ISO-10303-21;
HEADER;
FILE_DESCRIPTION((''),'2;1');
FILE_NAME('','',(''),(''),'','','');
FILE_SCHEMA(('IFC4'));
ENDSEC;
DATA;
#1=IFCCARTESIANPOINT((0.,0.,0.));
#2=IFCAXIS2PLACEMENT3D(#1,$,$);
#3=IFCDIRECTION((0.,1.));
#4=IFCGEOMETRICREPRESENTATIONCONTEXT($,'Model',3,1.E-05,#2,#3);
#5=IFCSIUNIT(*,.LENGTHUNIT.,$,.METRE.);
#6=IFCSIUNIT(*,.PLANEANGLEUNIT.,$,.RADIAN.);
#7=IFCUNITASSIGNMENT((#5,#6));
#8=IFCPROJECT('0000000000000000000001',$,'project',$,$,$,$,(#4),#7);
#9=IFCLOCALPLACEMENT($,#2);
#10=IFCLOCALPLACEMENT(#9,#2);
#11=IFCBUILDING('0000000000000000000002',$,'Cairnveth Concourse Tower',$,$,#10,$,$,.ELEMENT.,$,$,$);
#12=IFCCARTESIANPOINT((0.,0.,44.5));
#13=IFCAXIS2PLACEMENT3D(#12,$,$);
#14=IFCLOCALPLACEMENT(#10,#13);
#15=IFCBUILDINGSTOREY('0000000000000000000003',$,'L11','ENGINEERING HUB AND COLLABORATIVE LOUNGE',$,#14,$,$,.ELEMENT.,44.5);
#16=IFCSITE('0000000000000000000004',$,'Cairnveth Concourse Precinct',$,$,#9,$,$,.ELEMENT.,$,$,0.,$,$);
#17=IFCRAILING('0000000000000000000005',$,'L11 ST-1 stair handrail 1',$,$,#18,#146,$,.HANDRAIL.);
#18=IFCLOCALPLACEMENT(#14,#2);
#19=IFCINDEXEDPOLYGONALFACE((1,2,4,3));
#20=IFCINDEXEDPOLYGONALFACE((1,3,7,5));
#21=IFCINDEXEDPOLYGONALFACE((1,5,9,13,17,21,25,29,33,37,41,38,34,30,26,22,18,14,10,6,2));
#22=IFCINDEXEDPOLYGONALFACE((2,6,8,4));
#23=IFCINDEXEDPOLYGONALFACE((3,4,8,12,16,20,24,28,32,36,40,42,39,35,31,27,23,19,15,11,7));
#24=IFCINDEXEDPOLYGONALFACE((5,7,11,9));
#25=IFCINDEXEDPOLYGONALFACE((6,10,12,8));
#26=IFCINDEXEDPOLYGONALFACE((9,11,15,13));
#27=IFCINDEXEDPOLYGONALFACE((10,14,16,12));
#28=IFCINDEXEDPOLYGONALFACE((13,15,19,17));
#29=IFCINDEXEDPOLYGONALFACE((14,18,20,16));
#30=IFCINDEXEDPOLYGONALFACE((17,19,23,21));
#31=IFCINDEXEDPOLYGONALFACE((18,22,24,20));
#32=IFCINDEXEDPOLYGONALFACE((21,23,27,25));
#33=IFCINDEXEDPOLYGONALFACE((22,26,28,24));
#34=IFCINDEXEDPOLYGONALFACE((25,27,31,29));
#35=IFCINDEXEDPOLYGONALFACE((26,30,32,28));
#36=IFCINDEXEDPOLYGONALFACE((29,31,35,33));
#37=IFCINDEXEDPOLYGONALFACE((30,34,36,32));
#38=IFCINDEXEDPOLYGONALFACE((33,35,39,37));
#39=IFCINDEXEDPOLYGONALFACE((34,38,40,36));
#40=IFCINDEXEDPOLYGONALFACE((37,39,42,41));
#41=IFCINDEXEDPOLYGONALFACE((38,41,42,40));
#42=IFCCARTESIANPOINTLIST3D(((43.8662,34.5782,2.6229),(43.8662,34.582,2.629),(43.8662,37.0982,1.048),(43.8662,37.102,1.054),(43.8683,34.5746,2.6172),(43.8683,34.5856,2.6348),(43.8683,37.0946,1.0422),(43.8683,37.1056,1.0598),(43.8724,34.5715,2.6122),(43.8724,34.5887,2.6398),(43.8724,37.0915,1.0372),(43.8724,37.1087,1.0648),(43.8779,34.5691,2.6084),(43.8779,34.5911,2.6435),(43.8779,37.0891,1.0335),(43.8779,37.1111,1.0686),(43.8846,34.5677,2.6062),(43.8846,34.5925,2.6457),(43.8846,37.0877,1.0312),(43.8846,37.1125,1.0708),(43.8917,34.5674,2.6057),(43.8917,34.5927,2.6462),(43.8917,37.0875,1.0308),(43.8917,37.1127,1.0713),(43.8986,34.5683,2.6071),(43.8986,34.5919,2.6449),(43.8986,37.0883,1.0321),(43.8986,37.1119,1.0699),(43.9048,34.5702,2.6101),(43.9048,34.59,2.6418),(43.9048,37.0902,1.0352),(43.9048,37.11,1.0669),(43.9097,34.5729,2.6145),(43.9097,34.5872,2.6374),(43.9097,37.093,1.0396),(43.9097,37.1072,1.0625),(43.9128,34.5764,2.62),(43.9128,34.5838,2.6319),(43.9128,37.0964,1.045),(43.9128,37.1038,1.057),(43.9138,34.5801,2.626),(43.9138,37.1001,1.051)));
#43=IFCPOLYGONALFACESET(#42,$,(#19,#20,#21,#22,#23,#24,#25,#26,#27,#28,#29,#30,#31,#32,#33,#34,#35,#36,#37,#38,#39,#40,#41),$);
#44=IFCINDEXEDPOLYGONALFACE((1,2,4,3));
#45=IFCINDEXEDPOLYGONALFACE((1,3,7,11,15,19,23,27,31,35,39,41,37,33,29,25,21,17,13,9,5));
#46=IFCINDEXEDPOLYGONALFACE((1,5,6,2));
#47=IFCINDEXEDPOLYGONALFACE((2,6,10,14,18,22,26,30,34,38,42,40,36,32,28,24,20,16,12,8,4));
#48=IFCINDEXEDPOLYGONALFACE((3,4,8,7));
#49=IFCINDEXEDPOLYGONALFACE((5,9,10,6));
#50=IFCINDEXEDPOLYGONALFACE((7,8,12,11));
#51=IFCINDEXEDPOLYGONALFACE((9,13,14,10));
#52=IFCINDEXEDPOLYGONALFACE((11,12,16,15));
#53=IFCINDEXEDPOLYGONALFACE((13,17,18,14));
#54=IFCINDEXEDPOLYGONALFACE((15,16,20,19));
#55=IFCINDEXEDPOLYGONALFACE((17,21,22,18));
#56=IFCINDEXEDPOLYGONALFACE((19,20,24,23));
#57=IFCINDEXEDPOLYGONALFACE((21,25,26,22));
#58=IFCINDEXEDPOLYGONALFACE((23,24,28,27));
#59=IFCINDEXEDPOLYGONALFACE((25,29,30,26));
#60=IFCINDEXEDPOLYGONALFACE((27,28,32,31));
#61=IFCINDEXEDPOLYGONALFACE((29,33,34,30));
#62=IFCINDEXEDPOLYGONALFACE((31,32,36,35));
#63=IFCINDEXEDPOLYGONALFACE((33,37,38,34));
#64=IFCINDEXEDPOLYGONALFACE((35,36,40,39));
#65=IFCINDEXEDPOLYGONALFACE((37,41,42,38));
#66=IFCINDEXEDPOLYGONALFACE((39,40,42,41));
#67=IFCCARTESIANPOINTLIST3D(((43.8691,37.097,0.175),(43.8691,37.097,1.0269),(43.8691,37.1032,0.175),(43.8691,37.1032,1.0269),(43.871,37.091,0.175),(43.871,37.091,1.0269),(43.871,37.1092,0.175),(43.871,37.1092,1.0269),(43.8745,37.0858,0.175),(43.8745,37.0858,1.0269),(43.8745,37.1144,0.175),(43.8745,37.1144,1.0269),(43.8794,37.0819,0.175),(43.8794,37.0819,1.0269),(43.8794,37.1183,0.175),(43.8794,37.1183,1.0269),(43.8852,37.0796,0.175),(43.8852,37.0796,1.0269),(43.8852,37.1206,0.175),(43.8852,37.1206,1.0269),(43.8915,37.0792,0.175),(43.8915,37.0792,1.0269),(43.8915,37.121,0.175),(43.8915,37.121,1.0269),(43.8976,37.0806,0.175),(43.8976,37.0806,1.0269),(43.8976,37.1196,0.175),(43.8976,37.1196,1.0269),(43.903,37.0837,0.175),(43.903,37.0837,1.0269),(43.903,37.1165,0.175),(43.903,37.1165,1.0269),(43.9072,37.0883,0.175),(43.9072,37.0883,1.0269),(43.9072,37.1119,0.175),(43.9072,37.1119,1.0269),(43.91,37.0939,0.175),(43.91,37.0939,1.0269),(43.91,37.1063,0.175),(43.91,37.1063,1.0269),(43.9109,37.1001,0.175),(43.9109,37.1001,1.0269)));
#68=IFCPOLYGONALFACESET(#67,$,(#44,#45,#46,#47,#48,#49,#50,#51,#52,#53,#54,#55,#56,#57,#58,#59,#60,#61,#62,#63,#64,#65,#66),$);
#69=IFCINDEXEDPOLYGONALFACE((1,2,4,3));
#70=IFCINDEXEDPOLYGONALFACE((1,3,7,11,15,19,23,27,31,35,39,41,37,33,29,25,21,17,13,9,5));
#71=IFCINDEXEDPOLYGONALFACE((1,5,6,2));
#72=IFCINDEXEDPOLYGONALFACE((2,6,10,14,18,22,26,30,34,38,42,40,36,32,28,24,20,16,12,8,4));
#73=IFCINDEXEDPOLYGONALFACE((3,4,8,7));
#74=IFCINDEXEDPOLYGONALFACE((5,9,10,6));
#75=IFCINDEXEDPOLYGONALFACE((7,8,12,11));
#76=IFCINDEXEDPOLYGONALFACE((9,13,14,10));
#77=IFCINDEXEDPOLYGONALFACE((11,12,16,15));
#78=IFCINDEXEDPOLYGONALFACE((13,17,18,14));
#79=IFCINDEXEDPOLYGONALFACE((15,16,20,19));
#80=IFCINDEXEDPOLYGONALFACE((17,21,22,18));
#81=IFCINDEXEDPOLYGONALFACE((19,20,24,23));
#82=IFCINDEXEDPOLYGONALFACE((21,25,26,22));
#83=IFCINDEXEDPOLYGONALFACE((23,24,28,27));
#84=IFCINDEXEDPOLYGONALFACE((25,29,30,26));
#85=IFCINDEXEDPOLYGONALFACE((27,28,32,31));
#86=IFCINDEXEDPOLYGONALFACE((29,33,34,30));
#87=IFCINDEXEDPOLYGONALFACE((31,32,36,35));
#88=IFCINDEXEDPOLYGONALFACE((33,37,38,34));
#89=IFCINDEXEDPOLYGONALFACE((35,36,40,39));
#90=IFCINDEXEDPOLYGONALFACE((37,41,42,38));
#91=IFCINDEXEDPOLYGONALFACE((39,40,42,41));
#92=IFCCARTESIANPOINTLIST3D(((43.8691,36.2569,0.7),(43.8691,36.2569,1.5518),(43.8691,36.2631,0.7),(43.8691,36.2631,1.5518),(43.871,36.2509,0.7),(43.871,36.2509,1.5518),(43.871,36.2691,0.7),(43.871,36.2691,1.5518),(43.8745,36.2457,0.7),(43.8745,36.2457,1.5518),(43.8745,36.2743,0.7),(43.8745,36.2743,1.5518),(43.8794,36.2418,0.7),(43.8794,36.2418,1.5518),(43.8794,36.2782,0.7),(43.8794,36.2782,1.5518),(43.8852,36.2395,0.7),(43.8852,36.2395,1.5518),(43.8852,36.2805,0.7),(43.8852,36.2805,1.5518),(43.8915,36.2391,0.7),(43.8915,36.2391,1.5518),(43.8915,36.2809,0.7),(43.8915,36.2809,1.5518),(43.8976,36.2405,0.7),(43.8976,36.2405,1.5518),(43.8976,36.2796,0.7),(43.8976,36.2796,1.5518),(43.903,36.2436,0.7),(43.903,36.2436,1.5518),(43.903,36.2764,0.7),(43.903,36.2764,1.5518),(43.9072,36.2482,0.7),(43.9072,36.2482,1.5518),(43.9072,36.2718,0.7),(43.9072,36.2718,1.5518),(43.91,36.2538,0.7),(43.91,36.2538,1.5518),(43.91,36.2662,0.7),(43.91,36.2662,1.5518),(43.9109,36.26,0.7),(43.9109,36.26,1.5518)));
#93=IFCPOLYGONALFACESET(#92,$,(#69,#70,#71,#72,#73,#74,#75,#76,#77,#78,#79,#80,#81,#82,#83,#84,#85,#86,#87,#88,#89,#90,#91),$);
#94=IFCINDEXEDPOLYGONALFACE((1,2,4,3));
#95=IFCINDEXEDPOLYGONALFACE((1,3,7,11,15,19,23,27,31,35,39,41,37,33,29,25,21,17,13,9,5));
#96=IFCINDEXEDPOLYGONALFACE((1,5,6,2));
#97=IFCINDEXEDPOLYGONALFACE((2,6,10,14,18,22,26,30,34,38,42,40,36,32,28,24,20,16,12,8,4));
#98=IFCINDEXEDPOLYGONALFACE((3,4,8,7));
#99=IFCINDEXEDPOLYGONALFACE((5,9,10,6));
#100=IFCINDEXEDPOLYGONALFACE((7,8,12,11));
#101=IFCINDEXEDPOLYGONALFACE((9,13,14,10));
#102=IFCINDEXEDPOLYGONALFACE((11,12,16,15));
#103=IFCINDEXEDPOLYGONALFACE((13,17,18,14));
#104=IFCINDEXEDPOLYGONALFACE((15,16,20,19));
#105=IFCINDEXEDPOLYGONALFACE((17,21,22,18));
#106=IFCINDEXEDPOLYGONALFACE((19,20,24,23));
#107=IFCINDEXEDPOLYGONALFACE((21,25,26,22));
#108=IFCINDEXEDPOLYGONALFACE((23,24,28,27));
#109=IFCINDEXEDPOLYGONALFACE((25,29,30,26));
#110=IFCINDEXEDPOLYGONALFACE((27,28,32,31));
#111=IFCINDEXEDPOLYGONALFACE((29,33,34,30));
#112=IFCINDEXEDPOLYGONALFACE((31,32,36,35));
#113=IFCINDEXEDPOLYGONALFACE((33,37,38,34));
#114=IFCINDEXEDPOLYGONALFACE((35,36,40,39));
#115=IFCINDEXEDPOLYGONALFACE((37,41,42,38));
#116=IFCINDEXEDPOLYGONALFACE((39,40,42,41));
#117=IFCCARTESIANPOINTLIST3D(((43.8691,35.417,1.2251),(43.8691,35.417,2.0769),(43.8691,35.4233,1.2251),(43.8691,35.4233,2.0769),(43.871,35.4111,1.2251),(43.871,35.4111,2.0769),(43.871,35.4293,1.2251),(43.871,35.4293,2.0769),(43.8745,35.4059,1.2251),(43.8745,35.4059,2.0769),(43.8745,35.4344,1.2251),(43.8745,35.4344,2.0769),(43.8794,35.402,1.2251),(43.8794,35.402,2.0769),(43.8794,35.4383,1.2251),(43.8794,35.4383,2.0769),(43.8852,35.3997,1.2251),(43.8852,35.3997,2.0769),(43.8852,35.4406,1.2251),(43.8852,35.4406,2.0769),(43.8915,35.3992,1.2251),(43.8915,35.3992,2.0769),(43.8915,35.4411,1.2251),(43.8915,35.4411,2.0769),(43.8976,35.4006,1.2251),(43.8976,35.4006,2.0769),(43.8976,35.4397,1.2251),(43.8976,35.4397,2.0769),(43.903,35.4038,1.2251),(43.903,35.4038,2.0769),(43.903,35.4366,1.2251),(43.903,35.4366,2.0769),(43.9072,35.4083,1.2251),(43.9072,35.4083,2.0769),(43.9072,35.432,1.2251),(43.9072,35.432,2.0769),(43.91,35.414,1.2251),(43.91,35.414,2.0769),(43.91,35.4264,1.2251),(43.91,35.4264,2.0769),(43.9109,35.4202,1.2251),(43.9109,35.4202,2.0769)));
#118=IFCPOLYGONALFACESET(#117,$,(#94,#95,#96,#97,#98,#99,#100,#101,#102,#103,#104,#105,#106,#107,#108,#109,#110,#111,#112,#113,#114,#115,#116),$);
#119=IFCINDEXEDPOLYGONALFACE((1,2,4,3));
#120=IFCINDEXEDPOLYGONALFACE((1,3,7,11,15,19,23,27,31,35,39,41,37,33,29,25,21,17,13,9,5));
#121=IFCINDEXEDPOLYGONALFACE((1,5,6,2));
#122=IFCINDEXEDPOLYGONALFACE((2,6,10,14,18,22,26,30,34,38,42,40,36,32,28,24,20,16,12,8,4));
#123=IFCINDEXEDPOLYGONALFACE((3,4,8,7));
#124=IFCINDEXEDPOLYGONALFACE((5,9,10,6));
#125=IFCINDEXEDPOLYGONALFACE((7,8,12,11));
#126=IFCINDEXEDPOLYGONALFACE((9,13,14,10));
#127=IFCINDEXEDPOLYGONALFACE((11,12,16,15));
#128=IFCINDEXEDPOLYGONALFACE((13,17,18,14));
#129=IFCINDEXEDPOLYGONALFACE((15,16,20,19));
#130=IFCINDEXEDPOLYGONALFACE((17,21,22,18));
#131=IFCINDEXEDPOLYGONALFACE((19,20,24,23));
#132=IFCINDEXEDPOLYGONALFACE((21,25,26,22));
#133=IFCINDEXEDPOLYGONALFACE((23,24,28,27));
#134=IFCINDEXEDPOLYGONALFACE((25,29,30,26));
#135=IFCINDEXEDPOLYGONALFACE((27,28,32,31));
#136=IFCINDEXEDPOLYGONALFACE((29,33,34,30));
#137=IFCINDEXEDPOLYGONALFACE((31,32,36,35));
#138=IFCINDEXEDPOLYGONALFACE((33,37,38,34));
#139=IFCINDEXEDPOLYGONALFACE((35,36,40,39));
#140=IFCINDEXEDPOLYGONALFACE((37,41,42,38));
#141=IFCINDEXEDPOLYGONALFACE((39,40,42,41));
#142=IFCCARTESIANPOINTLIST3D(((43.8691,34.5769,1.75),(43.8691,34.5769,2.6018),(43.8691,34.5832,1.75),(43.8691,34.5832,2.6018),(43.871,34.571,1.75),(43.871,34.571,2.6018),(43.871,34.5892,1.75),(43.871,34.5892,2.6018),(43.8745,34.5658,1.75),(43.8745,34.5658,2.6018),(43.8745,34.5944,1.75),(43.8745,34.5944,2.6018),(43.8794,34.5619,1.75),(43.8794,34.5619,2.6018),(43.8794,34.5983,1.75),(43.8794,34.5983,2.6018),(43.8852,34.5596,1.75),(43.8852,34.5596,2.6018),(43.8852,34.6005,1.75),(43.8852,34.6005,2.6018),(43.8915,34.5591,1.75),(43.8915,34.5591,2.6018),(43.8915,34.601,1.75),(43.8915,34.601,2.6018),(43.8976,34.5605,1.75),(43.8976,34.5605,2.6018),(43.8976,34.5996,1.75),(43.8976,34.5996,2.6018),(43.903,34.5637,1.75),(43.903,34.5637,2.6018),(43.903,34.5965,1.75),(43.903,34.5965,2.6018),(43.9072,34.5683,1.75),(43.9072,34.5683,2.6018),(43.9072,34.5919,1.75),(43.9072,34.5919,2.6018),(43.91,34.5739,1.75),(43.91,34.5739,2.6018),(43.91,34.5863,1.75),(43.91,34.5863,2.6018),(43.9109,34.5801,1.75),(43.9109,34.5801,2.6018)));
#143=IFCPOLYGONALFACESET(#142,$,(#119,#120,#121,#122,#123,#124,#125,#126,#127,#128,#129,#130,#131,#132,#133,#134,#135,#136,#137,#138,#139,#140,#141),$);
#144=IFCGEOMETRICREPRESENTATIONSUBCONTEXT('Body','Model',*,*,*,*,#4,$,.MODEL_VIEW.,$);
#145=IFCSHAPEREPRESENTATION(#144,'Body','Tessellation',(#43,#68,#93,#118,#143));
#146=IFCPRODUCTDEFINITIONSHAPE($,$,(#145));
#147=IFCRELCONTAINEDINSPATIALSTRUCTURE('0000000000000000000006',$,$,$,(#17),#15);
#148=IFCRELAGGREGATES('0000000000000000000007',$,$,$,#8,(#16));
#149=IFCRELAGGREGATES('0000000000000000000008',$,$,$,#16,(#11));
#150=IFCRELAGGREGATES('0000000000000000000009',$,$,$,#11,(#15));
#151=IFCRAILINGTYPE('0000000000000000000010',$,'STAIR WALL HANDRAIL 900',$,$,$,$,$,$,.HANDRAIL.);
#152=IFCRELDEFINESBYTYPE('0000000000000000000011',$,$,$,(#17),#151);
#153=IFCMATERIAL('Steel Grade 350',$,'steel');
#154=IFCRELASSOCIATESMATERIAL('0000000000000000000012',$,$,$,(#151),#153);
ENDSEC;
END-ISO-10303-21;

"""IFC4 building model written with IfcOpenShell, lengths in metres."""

from ifc_helpers import new_model, si_unit, direction, frame, origin, origin_2d, place, context, subcontext, project, spatial, circle, extrude, material, type_object, element, save


model = new_model("IFC4")

# Units and contexts
model_context = context("Model", 3, precision=1e-05, world=origin(), true_north=direction((0.0, 1.0)))
body_context = subcontext(model_context, "Body", "Model", "MODEL_VIEW")
ifc_project = project(units=[si_unit("LENGTHUNIT", "METRE"), si_unit("PLANEANGLEUNIT", "RADIAN")], contexts=[model_context])

# Site, building, storey
site_placement = place(None, origin())
site = spatial("IfcSite", under=ifc_project, at=site_placement, Name="Cairnveth Concourse Precinct", CompositionType="ELEMENT", RefElevation=0.0)
building_placement = place(site_placement, origin())
building = spatial("IfcBuilding", under=site, at=building_placement, Name="Cairnveth Concourse Tower", CompositionType="ELEMENT")
storey_placement = place(building_placement, frame((0.0, 0.0, 44.5)))
storey = spatial("IfcBuildingStorey", under=building, at=storey_placement, Name="L11", Description="ENGINEERING HUB AND COLLABORATIVE LOUNGE", CompositionType="ELEMENT", Elevation=44.5)

# Railing
ifc_material_1 = material(Name="Steel Grade 350", Category="steel")
railing_type_1 = type_object("IfcRailingType", Name="STAIR WALL HANDRAIL 900", PredefinedType="HANDRAIL", material=ifc_material_1)
railing_1_placement = place(storey_placement, frame((43.8899, 37.1001, 0.175)))
element("IfcRailing", 1, at=railing_1_placement, inside=storey, type_object=railing_type_1, Name="L11 ST-1 stair handrail 1", PredefinedType="HANDRAIL", context=body_context, shape_type="SweptSolid", body=[
    extrude(circle(Radius=0.0239, at=origin_2d()), frame((0.0, 0.0, 0.876), z_axis=(0.0, -0.848008, 0.529984), x_axis=(1.0, 0.0, 0.0)), (0.0, 0.0, 1.0), 2.9717),
    extrude(circle(Radius=0.021, at=origin_2d()), origin(), (0.0, 0.0, 1.0), 0.8518),
    extrude(circle(Radius=0.021, at=origin_2d()), frame((0.0, -0.8401, 0.5249)), (0.0, 0.0, 1.0), 0.8518),
    extrude(circle(Radius=0.021, at=origin_2d()), frame((0.0, -1.6799, 1.05)), (0.0, 0.0, 1.0), 0.8518),
    extrude(circle(Radius=0.021, at=origin_2d()), frame((0.0, -2.52, 1.575)), (0.0, 0.0, 1.0), 0.8518),
])

save(model, "model.ifc")
